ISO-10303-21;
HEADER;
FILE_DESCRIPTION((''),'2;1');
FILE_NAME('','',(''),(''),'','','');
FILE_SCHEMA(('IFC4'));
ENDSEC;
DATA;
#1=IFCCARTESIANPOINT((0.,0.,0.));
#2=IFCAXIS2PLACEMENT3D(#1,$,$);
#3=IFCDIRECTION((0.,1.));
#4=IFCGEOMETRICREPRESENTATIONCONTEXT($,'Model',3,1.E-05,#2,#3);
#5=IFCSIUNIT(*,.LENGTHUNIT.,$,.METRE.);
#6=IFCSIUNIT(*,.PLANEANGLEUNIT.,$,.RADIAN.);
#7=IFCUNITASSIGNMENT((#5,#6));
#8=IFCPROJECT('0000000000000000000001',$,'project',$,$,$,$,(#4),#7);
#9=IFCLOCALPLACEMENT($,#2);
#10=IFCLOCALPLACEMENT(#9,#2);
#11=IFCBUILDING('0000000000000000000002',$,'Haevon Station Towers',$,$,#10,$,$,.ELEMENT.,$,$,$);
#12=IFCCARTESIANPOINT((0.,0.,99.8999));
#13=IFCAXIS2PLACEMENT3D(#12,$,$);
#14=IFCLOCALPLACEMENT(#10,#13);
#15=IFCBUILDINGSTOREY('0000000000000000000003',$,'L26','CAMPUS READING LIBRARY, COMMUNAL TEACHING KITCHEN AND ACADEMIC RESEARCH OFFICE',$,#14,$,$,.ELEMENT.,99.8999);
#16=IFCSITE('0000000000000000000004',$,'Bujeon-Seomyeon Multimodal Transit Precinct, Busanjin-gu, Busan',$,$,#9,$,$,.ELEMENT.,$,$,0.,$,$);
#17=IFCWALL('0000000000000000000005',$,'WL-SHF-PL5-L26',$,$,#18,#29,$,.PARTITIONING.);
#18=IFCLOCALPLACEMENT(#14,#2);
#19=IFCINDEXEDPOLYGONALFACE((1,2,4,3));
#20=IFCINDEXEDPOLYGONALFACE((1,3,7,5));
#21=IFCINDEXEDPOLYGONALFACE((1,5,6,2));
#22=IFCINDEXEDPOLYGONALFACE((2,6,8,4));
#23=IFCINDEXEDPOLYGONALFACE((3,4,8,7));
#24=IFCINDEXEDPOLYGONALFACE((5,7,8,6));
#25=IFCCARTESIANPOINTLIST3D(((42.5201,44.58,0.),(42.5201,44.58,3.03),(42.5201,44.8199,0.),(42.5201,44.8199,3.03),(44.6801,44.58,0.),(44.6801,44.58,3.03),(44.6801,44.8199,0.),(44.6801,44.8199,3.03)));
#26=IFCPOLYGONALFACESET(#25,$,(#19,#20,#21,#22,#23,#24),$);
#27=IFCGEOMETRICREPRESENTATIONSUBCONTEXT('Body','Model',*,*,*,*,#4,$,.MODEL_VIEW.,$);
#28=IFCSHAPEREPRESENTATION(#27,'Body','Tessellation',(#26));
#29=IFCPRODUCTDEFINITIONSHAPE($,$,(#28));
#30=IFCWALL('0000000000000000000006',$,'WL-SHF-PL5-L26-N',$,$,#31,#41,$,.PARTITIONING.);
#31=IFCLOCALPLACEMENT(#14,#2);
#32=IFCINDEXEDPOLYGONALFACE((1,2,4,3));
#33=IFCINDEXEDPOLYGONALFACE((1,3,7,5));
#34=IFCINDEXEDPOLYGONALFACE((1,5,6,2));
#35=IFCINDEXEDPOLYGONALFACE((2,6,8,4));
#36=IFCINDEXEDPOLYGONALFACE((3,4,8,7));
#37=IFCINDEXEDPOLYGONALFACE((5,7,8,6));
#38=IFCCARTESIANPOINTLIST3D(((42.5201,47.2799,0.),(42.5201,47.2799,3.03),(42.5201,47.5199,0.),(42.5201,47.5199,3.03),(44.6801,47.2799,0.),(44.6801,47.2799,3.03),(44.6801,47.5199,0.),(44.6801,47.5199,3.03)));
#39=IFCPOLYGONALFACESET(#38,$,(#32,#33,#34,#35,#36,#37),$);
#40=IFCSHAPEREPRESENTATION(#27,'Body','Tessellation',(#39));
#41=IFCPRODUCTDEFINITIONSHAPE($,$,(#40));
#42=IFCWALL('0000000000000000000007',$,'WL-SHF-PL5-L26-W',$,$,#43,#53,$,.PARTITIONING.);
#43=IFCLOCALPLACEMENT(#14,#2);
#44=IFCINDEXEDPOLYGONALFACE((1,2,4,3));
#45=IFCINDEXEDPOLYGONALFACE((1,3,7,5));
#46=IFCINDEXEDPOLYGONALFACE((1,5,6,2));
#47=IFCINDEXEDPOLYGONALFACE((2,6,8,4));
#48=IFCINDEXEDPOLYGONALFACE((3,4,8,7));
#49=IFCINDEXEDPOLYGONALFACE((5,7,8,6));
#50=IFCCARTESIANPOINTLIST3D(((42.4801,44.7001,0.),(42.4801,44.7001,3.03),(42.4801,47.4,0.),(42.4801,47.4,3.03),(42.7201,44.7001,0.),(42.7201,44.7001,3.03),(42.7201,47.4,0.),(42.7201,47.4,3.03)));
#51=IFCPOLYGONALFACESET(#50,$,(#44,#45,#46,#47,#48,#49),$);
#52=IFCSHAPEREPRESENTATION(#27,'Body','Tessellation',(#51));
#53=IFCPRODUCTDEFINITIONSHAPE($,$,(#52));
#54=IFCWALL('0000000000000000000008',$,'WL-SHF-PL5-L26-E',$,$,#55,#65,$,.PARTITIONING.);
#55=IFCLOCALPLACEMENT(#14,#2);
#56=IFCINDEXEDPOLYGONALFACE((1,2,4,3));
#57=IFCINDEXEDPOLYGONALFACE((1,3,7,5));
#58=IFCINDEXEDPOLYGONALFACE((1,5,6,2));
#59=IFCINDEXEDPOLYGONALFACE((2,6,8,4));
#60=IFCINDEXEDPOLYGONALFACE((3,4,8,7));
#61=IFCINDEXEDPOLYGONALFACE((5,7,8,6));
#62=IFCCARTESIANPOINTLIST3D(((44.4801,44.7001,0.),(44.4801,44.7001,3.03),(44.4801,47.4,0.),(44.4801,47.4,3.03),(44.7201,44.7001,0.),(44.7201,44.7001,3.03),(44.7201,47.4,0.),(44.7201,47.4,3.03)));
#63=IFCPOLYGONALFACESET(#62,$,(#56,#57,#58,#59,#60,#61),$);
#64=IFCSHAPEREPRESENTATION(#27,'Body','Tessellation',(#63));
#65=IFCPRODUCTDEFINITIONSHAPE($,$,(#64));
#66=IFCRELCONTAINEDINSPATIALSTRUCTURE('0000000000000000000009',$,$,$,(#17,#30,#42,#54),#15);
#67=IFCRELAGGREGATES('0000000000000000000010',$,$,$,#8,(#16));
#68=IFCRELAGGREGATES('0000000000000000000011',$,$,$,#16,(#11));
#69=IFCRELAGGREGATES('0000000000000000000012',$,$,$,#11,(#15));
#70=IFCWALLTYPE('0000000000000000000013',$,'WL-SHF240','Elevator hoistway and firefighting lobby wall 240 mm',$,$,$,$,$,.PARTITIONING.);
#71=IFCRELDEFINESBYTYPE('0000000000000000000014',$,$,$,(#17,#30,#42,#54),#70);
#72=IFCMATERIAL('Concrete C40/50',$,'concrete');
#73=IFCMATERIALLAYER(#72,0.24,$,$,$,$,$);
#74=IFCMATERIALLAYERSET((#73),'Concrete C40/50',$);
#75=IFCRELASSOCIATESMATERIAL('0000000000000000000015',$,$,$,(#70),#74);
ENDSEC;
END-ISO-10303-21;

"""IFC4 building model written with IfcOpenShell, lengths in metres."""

from ifc_helpers import new_model, si_unit, direction, frame, frame_2d, origin, place, context, subcontext, project, spatial, rectangle, extrude, material, layer, layer_set, type_object, element, save


model = new_model("IFC4")

# Units and contexts
model_context = context("Model", 3, precision=1e-05, world=origin(), true_north=direction((0.0, 1.0)))
body_context = subcontext(model_context, "Body", "Model", "MODEL_VIEW")
ifc_project = project(units=[si_unit("LENGTHUNIT", "METRE"), si_unit("PLANEANGLEUNIT", "RADIAN")], contexts=[model_context])

# Site, building, storey
site_placement = place(None, origin())
site = spatial("IfcSite", under=ifc_project, at=site_placement, Name="Bujeon-Seomyeon Multimodal Transit Precinct, Busanjin-gu, Busan", CompositionType="ELEMENT", RefElevation=0.0)
building_placement = place(site_placement, origin())
building = spatial("IfcBuilding", under=site, at=building_placement, Name="Haevon Station Towers", CompositionType="ELEMENT")
storey_placement = place(building_placement, frame((0.0, 0.0, 99.8999)))
storey = spatial("IfcBuildingStorey", under=building, at=storey_placement, Name="L26", Description="CAMPUS READING LIBRARY, COMMUNAL TEACHING KITCHEN AND ACADEMIC RESEARCH OFFICE", CompositionType="ELEMENT", Elevation=99.8999)

# Shared definitions
ifc_material_1 = material(Name="Concrete C40/50", Category="concrete")
ifc_layer_1 = layer(ifc_material_1, 0.24)
ifc_layer_set_1 = layer_set([ifc_layer_1], Name="Concrete C40/50")
wall_type_1 = type_object("IfcWallType", Name="WL-SHF240", Description="Elevator hoistway and firefighting lobby wall 240 mm", PredefinedType="PARTITIONING", material=ifc_layer_set_1)

# Walls
for number, where, z_axis, x_axis, name in (
    (1, (42.52, 44.7, 0.0), (0.0, 0.0, 1.0), (1.0, 0.0, 0.0), "WL-SHF-PL5-L26"),
    (2, (42.52, 47.3999, 0.0), (0.0, 0.0, 1.0), (1.0, 0.0, 0.0), "WL-SHF-PL5-L26-N"),
):
    element("IfcWall", number, at=place(storey_placement, frame(where, z_axis=z_axis, x_axis=x_axis)), inside=storey, type_object=wall_type_1, Name=name, PredefinedType="PARTITIONING", context=body_context, shape_type="SweptSolid", body=[
        extrude(rectangle(XDim=2.1599, YDim=0.24, at=frame_2d((1.0801, 0.0))), origin(), (0.0, 0.0, 1.0), 3.03),
    ])
for number, where, z_axis, x_axis, name in (
    (3, (42.6001, 44.7, 0.0), (0.0, 0.0, 1.0), (0.0, 1.0, 0.0), "WL-SHF-PL5-L26-W"),
    (4, (44.6001, 44.7, 0.0), (0.0, 0.0, 1.0), (0.0, 1.0, 0.0), "WL-SHF-PL5-L26-E"),
):
    element("IfcWall", number, at=place(storey_placement, frame(where, z_axis=z_axis, x_axis=x_axis)), inside=storey, type_object=wall_type_1, Name=name, PredefinedType="PARTITIONING", context=body_context, shape_type="SweptSolid", body=[
        extrude(rectangle(XDim=2.7, YDim=0.24, at=frame_2d((1.3501, 0.0))), origin(), (0.0, 0.0, 1.0), 3.03),
    ])

save(model, "model.ifc")
